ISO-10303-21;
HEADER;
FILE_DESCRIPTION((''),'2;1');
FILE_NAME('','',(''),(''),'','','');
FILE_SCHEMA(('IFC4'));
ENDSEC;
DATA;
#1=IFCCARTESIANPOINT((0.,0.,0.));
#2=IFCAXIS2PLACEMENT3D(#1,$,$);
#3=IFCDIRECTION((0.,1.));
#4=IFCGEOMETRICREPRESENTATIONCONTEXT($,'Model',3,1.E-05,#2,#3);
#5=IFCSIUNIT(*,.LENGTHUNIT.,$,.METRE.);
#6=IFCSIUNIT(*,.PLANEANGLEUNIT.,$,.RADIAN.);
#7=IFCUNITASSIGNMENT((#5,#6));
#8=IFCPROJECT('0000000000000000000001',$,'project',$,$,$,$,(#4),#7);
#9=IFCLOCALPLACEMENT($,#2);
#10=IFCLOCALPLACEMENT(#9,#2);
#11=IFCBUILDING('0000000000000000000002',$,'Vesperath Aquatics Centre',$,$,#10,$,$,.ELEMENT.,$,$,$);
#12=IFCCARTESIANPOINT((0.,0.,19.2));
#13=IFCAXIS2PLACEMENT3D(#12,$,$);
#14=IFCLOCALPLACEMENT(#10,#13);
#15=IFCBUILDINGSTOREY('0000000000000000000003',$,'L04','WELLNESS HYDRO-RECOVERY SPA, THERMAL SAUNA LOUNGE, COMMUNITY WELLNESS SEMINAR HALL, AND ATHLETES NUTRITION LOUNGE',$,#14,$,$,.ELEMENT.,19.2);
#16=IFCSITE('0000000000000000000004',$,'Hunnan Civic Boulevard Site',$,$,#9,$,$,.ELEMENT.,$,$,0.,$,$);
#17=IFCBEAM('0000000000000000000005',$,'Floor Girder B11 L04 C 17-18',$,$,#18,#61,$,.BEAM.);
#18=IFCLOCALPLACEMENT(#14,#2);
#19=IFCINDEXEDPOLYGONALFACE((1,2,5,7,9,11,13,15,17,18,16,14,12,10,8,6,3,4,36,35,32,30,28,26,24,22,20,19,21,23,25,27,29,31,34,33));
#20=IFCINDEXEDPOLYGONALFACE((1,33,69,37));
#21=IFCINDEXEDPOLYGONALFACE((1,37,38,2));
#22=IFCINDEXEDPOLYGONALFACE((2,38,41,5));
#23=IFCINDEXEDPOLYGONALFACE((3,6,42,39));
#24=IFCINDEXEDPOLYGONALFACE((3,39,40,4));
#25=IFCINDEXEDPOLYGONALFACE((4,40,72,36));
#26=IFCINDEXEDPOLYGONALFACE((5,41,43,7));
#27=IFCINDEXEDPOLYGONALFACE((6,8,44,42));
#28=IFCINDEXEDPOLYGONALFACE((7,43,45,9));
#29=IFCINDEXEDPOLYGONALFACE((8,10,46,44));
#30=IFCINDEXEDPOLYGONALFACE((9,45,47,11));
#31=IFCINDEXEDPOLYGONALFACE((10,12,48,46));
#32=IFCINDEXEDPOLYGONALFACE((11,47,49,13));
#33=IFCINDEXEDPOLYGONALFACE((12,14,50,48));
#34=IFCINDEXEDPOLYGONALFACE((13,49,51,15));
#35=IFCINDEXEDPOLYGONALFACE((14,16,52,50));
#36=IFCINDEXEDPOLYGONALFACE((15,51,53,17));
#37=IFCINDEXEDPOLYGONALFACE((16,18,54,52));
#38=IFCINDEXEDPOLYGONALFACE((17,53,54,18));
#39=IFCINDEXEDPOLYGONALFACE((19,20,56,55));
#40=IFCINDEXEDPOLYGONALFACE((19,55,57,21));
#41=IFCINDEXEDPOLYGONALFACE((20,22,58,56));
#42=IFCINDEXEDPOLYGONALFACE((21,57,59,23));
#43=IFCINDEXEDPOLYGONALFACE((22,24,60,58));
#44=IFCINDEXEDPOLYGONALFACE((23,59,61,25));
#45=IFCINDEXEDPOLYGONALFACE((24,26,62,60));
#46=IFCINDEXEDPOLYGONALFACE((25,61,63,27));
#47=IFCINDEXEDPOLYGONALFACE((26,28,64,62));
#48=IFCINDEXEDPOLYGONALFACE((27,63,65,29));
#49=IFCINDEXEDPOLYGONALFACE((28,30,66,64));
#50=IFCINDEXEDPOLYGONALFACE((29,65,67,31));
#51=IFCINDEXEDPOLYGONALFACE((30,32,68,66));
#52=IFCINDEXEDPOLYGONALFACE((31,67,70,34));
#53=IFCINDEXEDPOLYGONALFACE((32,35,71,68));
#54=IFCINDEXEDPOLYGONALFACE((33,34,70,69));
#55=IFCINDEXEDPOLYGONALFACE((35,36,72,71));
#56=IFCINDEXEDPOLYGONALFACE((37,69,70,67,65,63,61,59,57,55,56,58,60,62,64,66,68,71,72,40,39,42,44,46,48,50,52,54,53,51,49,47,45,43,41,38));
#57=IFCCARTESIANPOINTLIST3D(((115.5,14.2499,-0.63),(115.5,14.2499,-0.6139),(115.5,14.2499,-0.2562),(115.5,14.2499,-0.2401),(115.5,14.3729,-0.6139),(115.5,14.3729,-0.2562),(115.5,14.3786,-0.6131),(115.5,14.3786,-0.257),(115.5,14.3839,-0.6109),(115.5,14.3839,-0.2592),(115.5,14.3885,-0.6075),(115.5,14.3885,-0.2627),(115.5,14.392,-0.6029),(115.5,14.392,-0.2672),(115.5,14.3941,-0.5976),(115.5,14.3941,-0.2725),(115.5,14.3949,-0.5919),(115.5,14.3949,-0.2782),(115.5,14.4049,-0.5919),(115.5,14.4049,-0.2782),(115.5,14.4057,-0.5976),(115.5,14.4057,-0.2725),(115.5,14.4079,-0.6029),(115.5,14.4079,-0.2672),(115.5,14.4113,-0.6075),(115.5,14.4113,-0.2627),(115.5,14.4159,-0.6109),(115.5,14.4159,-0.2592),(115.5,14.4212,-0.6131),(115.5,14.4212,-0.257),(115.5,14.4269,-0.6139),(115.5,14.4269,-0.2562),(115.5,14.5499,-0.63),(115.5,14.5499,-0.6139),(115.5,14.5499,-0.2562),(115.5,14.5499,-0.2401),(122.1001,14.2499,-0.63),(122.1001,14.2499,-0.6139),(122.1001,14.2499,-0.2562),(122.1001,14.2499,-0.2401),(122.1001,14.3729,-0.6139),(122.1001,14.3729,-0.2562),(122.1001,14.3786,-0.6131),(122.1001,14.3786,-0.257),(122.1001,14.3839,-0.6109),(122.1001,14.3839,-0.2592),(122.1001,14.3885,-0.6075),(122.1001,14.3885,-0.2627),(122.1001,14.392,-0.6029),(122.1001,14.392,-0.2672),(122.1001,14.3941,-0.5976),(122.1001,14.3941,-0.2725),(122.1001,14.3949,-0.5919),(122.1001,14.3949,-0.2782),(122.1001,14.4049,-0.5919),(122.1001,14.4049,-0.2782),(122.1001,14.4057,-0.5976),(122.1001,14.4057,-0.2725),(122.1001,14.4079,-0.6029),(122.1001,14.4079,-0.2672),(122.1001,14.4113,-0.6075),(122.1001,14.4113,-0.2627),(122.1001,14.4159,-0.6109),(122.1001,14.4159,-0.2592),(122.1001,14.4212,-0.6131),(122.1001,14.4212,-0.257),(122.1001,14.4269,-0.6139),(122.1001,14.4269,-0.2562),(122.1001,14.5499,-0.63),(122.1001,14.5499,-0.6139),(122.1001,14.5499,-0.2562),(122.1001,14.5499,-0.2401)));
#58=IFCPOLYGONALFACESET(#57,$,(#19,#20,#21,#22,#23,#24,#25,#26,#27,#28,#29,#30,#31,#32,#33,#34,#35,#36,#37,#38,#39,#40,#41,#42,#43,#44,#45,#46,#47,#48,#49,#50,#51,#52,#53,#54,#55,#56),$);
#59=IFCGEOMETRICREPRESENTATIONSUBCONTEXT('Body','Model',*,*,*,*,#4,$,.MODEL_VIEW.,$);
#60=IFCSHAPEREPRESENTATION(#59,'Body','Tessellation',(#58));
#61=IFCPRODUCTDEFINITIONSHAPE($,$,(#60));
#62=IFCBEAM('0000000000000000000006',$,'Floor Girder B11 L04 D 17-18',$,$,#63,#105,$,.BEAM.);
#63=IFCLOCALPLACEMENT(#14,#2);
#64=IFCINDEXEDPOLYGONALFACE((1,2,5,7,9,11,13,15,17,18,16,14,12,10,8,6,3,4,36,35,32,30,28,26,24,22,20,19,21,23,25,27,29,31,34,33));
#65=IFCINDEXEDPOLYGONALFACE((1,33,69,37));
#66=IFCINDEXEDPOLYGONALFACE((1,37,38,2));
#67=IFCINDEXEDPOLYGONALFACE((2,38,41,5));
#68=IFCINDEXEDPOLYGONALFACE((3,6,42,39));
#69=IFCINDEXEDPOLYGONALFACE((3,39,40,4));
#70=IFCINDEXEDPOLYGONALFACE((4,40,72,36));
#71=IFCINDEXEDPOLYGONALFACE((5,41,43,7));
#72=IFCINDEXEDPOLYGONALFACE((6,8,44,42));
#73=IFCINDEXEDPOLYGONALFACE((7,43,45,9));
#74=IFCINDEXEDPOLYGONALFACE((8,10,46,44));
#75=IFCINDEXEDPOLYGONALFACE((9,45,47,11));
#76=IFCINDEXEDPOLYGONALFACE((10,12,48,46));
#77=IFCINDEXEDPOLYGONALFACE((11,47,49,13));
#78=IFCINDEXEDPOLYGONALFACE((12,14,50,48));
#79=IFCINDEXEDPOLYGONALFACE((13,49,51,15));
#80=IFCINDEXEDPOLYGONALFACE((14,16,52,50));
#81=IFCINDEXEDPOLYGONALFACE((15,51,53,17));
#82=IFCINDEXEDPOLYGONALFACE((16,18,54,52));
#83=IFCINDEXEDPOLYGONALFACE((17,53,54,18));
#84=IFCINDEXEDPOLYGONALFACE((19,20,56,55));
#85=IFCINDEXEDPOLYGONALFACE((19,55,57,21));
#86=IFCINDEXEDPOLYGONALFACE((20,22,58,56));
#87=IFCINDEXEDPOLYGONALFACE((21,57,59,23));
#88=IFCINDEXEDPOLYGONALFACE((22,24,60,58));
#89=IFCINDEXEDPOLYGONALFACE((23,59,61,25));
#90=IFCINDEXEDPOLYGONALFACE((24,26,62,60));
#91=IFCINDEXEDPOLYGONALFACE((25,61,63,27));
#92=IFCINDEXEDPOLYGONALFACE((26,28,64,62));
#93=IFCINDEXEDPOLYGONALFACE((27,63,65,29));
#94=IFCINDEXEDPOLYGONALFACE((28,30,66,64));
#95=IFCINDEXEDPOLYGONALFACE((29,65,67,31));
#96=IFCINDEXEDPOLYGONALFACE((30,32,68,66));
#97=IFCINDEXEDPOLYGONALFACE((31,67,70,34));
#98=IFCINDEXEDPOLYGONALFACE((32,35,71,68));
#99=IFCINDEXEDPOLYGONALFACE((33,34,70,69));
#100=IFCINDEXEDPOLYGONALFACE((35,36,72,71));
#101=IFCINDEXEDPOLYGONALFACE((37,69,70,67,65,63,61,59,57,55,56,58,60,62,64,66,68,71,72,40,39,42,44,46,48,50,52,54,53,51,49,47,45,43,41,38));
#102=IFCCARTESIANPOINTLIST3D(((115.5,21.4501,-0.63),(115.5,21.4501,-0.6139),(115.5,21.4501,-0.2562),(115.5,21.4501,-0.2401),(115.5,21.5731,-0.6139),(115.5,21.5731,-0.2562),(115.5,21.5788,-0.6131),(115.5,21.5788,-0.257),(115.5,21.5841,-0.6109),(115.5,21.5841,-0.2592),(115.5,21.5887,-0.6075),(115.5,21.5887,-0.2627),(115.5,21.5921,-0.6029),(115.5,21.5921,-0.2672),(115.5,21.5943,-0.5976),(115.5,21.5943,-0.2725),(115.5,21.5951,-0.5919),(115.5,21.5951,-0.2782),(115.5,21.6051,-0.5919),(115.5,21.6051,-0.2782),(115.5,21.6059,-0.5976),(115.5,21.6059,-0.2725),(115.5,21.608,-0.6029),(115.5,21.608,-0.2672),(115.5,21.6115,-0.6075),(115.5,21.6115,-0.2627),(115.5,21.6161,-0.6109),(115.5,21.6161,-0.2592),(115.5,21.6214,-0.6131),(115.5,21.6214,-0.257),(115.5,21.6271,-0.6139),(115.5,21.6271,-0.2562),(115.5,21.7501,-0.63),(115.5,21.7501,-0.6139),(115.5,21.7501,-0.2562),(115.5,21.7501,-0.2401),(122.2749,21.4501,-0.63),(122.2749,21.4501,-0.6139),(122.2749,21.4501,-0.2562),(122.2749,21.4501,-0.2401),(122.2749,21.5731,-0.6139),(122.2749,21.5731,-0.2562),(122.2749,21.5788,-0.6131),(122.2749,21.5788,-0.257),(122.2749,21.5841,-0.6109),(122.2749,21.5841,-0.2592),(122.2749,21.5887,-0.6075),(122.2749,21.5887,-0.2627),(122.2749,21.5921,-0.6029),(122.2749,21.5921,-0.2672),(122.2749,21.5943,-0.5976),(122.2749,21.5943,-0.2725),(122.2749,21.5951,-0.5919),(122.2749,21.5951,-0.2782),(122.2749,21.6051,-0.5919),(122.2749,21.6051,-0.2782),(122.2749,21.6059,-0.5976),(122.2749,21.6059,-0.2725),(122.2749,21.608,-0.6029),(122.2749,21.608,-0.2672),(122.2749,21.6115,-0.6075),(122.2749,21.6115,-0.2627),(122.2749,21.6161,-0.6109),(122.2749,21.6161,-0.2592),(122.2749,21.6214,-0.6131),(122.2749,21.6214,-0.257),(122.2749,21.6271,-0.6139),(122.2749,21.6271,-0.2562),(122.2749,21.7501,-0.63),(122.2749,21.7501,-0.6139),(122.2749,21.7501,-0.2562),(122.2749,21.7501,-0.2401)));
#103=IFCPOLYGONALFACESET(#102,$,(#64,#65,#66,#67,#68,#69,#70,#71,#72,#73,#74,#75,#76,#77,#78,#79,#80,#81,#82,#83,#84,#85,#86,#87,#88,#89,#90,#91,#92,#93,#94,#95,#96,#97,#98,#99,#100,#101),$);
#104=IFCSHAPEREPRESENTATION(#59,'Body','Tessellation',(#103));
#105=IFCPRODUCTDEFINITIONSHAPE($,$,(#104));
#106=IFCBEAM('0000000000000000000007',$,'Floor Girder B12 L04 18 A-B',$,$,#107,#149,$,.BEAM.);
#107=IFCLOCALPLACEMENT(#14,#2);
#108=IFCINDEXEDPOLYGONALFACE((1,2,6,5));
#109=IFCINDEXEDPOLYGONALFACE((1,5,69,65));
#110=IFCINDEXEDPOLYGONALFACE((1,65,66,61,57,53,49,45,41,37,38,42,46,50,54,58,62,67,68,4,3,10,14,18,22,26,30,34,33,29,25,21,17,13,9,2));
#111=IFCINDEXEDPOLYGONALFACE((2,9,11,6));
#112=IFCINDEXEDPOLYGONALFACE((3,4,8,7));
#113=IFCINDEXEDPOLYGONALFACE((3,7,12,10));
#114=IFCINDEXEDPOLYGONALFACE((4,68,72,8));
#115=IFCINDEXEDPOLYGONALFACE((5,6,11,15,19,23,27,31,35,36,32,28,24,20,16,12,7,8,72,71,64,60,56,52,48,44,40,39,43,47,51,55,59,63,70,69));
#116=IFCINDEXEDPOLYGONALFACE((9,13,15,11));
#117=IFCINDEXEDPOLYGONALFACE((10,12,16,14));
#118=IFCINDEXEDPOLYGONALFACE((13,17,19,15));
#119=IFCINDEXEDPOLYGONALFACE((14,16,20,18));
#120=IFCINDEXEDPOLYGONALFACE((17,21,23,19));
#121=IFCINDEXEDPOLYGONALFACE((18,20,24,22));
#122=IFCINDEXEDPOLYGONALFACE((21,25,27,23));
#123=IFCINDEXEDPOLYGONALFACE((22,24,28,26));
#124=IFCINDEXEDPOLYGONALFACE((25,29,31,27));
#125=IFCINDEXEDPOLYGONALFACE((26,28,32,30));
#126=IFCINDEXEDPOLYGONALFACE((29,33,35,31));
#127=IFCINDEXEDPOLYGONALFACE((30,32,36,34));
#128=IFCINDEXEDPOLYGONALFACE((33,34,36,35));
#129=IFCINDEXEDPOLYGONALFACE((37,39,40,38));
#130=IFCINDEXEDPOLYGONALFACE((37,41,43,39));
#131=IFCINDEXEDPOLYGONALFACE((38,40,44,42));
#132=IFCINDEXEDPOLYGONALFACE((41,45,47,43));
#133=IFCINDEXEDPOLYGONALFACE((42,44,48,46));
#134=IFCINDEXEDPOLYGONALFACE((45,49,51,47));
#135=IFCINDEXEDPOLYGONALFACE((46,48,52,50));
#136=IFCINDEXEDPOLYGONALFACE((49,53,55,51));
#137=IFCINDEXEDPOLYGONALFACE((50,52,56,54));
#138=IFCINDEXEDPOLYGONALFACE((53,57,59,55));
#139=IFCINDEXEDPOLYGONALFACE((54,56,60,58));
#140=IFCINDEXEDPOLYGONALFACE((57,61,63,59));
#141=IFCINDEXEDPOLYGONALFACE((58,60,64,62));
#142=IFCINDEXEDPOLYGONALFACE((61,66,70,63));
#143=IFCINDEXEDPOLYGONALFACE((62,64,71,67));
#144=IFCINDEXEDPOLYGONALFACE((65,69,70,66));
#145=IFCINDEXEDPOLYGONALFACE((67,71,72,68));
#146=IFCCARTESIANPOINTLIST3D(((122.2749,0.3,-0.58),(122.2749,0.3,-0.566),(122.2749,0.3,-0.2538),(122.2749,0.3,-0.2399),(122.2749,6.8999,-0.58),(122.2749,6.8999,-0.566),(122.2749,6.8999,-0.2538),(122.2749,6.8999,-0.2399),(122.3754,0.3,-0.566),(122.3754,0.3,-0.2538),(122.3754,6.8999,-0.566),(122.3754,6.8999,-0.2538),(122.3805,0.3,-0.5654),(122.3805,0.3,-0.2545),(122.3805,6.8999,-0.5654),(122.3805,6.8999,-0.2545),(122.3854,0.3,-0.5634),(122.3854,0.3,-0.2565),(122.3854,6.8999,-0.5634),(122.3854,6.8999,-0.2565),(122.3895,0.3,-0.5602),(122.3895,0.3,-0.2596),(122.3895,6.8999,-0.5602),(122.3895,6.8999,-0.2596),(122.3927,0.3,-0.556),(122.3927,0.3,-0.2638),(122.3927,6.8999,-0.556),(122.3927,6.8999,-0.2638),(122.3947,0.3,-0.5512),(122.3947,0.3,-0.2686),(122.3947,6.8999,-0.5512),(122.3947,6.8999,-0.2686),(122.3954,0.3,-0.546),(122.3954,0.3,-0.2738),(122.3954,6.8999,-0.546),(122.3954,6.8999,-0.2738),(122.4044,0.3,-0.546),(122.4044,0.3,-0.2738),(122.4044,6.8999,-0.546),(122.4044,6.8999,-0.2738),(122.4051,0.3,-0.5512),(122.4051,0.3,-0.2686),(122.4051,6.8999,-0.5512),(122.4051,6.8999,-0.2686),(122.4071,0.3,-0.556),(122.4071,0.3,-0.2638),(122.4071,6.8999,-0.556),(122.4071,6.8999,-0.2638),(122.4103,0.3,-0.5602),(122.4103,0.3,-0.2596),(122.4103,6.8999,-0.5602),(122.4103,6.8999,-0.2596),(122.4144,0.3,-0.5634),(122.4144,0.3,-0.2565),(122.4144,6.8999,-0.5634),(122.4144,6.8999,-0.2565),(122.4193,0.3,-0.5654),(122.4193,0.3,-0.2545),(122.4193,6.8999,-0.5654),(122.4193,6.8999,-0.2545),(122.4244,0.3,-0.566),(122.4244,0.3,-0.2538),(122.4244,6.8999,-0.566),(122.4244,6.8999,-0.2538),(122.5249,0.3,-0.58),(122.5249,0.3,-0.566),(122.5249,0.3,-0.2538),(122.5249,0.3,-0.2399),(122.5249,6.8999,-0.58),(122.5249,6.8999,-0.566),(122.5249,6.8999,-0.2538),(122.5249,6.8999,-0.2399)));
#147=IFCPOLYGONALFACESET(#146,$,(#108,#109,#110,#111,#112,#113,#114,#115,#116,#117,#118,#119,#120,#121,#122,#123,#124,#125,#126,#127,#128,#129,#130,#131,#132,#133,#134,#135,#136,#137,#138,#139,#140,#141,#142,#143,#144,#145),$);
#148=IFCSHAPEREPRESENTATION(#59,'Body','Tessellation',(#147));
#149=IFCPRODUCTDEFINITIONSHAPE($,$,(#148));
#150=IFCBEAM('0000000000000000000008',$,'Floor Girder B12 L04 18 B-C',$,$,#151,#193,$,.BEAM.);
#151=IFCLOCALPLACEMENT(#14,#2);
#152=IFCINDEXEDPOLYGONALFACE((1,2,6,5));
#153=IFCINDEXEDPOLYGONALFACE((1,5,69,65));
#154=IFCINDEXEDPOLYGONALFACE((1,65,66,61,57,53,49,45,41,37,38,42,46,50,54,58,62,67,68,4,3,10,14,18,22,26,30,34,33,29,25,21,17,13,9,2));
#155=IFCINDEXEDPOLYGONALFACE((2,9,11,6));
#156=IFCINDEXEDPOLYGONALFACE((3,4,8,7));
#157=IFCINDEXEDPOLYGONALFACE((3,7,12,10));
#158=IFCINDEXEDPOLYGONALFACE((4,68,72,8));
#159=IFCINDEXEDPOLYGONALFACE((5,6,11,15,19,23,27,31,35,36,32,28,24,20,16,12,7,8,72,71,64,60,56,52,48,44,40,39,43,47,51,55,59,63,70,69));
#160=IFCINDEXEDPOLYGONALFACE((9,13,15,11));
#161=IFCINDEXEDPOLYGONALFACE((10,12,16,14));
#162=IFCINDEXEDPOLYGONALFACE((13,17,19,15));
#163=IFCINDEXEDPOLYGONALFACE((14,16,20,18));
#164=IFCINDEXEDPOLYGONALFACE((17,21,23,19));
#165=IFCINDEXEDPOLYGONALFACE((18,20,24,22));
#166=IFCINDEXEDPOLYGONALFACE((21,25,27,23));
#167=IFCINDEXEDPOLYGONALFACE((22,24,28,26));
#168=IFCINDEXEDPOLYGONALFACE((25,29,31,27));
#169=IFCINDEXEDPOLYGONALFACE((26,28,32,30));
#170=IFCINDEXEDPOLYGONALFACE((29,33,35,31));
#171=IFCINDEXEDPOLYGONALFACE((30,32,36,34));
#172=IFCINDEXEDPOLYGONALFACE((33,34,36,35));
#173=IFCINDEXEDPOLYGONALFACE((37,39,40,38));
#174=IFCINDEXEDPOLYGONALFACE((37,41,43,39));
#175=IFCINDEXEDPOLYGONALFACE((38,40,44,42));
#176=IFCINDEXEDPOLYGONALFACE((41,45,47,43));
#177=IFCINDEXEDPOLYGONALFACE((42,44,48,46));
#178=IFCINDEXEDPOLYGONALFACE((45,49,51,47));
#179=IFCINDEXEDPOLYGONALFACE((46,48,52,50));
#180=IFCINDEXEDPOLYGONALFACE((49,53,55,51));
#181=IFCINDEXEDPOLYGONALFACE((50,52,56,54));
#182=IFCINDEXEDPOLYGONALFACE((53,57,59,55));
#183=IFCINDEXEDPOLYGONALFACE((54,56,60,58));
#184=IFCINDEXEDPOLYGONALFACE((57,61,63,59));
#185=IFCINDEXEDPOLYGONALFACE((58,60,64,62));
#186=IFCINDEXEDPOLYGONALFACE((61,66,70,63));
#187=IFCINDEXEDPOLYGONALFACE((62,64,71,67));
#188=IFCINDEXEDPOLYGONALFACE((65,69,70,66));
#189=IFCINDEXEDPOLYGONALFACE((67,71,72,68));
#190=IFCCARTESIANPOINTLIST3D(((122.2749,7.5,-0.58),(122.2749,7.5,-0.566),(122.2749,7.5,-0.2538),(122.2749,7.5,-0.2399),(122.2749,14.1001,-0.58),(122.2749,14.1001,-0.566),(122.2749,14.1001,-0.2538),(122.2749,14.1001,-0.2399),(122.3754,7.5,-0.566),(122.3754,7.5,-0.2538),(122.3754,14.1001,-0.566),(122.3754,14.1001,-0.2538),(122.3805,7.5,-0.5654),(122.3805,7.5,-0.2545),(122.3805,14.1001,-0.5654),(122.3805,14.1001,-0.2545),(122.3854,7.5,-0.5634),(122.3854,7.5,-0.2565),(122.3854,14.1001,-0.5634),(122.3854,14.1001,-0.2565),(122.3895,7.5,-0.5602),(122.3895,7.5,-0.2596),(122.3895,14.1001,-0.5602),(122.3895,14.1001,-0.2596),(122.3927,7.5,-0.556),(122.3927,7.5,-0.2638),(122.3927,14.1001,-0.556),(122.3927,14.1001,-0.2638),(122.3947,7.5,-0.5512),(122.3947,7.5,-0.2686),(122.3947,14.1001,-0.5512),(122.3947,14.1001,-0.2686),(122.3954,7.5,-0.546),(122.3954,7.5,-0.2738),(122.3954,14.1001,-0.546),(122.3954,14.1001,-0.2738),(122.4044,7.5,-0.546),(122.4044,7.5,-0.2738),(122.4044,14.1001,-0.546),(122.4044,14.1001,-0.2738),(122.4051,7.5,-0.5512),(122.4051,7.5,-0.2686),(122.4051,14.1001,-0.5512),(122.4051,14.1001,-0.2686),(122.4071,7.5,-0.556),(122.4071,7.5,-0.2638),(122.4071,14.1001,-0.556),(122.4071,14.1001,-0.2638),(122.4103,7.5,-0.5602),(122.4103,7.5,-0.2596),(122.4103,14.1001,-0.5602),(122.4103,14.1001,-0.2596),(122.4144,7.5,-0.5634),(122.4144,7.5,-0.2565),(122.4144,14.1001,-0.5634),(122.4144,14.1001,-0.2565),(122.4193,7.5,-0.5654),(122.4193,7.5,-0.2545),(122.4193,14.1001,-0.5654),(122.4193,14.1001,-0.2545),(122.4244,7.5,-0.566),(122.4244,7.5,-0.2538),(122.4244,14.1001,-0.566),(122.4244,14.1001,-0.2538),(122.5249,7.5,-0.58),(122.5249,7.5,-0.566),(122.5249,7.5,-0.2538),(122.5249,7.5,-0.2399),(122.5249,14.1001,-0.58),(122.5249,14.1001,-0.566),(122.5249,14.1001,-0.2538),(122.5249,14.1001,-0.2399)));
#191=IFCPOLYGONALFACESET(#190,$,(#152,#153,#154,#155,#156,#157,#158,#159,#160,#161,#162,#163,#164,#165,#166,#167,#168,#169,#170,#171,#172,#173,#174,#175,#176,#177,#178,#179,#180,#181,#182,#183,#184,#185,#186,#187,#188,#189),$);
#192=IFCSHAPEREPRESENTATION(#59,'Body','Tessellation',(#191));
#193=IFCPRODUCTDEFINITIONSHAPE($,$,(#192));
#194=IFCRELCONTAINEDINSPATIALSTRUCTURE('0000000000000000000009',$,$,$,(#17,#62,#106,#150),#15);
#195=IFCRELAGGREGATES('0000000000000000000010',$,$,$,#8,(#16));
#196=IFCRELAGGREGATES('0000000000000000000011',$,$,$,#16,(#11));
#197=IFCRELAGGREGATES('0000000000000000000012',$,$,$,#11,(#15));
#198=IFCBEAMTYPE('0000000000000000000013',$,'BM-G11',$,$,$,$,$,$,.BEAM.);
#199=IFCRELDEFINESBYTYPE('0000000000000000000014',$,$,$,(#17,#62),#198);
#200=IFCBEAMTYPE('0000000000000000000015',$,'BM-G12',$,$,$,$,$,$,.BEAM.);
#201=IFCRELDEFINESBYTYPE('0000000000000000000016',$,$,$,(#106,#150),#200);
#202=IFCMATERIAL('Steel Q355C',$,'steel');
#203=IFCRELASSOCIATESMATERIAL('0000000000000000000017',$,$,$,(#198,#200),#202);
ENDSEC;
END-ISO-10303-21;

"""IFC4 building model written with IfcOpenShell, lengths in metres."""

from ifc_helpers import new_model, si_unit, direction, frame, origin, origin_2d, place, context, subcontext, project, spatial, i_section, extrude, material, material_profile, profile_set, type_object, element, save


model = new_model("IFC4")

# Units and contexts
model_context = context("Model", 3, precision=1e-05, world=origin(), true_north=direction((0.0, 1.0)))
body_context = subcontext(model_context, "Body", "Model", "MODEL_VIEW")
ifc_project = project(units=[si_unit("LENGTHUNIT", "METRE"), si_unit("PLANEANGLEUNIT", "RADIAN")], contexts=[model_context])

# Site, building, storey
site_placement = place(None, origin())
site = spatial("IfcSite", under=ifc_project, at=site_placement, Name="Hunnan Civic Boulevard Site", CompositionType="ELEMENT", RefElevation=0.0)
building_placement = place(site_placement, origin())
building = spatial("IfcBuilding", under=site, at=building_placement, Name="Vesperath Aquatics Centre", CompositionType="ELEMENT")
storey_placement = place(building_placement, frame((0.0, 0.0, 19.2)))
storey = spatial("IfcBuildingStorey", under=building, at=storey_placement, Name="L04", Description="WELLNESS HYDRO-RECOVERY SPA, THERMAL SAUNA LOUNGE, COMMUNITY WELLNESS SEMINAR HALL, AND ATHLETES NUTRITION LOUNGE", CompositionType="ELEMENT", Elevation=19.2)

# Shared definitions
ifc_material_1 = material(Name="Steel Q355C", Category="steel")

# Beams
ifc_material_profile_1 = material_profile(ifc_material_1, i_section(OverallWidth=0.3, OverallDepth=0.3899, WebThickness=0.01, FlangeThickness=0.0161, FilletRadius=0.022, at=origin_2d()), Name="HM 390x300x10x16")
ifc_profile_set_1 = profile_set([ifc_material_profile_1], Name="Steel Q355C")
beam_type_1 = type_object("IfcBeamType", Name="BM-G11", PredefinedType="BEAM", material=ifc_profile_set_1)
for number, where, z_axis, x_axis, name in (
    (1, (115.5, 14.3999, -0.4351), (1.0, 0.0, 0.0), (0.0, 1.0, 0.0), "Floor Girder B11 L04 C 17-18"),
):
    element("IfcBeam", number, at=place(storey_placement, frame(where, z_axis=z_axis, x_axis=x_axis)), inside=storey, type_object=beam_type_1, Name=name, PredefinedType="BEAM", context=body_context, shape_type="SweptSolid", body=[
        extrude(i_section(OverallWidth=0.3, OverallDepth=0.3899, WebThickness=0.01, FlangeThickness=0.0161, FilletRadius=0.022, at=origin_2d()), origin(), (0.0, 0.0, 1.0), 6.6001),
    ])
beam_1_placement = place(storey_placement, frame((115.5, 21.6001, -0.4351), z_axis=(1.0, 0.0, 0.0), x_axis=(0.0, 1.0, 0.0)))
element("IfcBeam", 2, at=beam_1_placement, inside=storey, type_object=beam_type_1, Name="Floor Girder B11 L04 D 17-18", PredefinedType="BEAM", context=body_context, shape_type="SweptSolid", body=[
    extrude(i_section(OverallWidth=0.3, OverallDepth=0.3899, WebThickness=0.01, FlangeThickness=0.0161, FilletRadius=0.022, at=origin_2d()), origin(), (0.0, 0.0, 1.0), 6.7749),
])
ifc_material_profile_2 = material_profile(ifc_material_1, i_section(OverallWidth=0.25, OverallDepth=0.3401, WebThickness=0.009, FlangeThickness=0.0139, FilletRadius=0.02, at=origin_2d()), Name="HM 340x250x9x14")
ifc_profile_set_2 = profile_set([ifc_material_profile_2], Name="Steel Q355C")
beam_type_2 = type_object("IfcBeamType", Name="BM-G12", PredefinedType="BEAM", material=ifc_profile_set_2)
beam_2_placement = place(storey_placement, frame((122.3999, 0.3, -0.4099), z_axis=(0.0, 1.0, 0.0), x_axis=(-1.0, 0.0, 0.0)))
element("IfcBeam", 3, at=beam_2_placement, inside=storey, type_object=beam_type_2, Name="Floor Girder B12 L04 18 A-B", PredefinedType="BEAM", context=body_context, shape_type="SweptSolid", body=[
    extrude(i_section(OverallWidth=0.25, OverallDepth=0.3401, WebThickness=0.009, FlangeThickness=0.0139, FilletRadius=0.02, at=origin_2d()), origin(), (0.0, 0.0, 1.0), 6.5999),
])
beam_3_placement = place(storey_placement, frame((122.3999, 7.5, -0.4099), z_axis=(0.0, 1.0, 0.0), x_axis=(-1.0, 0.0, 0.0)))
element("IfcBeam", 4, at=beam_3_placement, inside=storey, type_object=beam_type_2, Name="Floor Girder B12 L04 18 B-C", PredefinedType="BEAM", context=body_context, shape_type="SweptSolid", body=[
    extrude(i_section(OverallWidth=0.25, OverallDepth=0.3401, WebThickness=0.009, FlangeThickness=0.0139, FilletRadius=0.02, at=origin_2d()), origin(), (0.0, 0.0, 1.0), 6.6001),
])

save(model, "model.ifc")
